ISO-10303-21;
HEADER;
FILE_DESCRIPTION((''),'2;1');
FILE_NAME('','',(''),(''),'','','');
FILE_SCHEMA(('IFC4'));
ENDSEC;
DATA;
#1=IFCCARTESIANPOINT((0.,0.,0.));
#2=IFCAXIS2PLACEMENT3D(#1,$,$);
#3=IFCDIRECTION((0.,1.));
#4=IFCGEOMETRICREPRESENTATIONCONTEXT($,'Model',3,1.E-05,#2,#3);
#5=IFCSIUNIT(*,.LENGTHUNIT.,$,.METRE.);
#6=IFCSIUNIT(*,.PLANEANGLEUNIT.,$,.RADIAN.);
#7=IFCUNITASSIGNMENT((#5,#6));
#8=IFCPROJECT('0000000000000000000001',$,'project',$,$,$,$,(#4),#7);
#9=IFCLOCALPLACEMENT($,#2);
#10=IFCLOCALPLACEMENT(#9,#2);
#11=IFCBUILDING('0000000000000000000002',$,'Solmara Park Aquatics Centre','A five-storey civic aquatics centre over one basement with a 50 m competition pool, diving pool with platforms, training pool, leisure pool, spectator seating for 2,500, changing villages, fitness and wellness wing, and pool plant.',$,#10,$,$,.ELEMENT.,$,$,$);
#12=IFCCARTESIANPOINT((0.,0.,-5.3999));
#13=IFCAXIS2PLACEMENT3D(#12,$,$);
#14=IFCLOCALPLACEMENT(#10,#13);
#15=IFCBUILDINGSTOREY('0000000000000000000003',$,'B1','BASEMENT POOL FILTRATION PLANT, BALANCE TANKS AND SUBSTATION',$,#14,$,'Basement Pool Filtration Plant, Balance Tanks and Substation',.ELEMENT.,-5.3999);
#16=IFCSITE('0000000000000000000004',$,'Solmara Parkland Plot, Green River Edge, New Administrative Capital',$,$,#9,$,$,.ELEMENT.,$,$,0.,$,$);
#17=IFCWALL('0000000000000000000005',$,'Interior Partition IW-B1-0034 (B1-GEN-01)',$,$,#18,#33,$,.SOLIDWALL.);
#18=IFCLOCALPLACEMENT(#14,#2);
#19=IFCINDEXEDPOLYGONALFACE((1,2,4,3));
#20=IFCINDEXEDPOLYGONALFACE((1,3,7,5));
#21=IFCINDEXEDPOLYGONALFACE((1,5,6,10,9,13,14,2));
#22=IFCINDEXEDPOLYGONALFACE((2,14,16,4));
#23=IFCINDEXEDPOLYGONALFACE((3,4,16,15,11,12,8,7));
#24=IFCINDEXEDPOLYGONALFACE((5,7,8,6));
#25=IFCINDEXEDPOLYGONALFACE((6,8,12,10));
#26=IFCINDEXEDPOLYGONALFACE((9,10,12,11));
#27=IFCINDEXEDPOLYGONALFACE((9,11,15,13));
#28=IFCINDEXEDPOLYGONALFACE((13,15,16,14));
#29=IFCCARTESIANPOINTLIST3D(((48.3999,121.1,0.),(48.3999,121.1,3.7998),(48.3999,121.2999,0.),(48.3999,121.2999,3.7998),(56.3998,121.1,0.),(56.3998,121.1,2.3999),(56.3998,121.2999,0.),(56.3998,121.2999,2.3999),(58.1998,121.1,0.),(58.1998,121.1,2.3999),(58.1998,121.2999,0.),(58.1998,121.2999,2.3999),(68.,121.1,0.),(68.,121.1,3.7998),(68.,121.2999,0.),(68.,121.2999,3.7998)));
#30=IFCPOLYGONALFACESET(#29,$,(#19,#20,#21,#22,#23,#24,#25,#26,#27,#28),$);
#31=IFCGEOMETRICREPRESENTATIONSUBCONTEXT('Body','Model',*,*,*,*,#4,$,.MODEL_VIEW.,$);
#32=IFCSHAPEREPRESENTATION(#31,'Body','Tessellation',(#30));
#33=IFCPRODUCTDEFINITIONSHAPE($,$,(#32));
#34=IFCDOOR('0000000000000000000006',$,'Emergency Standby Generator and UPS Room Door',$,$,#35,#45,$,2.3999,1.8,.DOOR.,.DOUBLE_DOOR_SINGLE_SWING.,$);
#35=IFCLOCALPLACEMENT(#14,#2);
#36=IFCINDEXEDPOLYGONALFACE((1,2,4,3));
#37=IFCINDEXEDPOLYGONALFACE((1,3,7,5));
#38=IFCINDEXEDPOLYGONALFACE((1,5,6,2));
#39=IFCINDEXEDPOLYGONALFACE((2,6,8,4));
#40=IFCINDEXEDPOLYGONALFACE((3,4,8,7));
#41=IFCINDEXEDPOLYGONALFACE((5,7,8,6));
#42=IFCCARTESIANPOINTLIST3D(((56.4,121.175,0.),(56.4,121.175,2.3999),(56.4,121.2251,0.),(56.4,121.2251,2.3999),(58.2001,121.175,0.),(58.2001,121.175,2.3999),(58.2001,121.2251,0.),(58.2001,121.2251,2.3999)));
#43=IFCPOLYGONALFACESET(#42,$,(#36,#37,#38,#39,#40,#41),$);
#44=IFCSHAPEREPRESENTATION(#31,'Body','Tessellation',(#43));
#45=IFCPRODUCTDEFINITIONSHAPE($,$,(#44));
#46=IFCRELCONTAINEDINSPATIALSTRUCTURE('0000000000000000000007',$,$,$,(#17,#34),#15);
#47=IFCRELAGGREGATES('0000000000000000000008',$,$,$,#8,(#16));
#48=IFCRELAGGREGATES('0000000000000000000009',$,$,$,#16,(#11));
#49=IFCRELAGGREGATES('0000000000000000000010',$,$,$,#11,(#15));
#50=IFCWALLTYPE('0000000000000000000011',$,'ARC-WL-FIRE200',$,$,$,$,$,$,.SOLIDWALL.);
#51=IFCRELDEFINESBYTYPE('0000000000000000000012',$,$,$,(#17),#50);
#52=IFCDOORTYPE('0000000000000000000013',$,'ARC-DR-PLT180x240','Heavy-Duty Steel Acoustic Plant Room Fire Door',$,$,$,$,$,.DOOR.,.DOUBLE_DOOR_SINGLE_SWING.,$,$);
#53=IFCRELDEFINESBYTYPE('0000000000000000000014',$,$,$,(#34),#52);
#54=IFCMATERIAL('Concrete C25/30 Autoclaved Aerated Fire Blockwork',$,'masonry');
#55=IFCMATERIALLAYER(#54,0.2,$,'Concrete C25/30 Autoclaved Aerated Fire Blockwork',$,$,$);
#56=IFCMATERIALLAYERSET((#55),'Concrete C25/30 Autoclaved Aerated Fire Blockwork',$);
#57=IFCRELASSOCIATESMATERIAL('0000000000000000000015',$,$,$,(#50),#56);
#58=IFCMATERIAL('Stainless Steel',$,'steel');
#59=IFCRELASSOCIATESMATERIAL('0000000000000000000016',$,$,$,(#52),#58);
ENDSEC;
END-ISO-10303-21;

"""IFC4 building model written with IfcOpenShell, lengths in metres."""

from ifc_helpers import new_model, si_unit, direction, frame, frame_2d, origin, place, context, subcontext, project, spatial, rectangle, extrude, material, layer, layer_set, type_object, element, fill, save


model = new_model("IFC4")

# Units and contexts
model_context = context("Model", 3, precision=1e-05, world=origin(), true_north=direction((0.0, 1.0)))
body_context = subcontext(model_context, "Body", "Model", "MODEL_VIEW")
ifc_project = project(units=[si_unit("LENGTHUNIT", "METRE"), si_unit("PLANEANGLEUNIT", "RADIAN")], contexts=[model_context])

# Site, building, storey
site_placement = place(None, origin())
site = spatial("IfcSite", under=ifc_project, at=site_placement, Name="Solmara Parkland Plot, Green River Edge, New Administrative Capital", CompositionType="ELEMENT", RefElevation=0.0)
building_placement = place(site_placement, origin())
building = spatial("IfcBuilding", under=site, at=building_placement, Name="Solmara Park Aquatics Centre", Description="A five-storey civic aquatics centre over one basement with a 50 m competition pool, diving pool with platforms, training pool, leisure pool, spectator seating for 2,500, changing villages, fitness and wellness wing, and pool plant.", CompositionType="ELEMENT")
storey_placement = place(building_placement, frame((0.0, 0.0, -5.3999)))
storey = spatial("IfcBuildingStorey", under=building, at=storey_placement, Name="B1", Description="BASEMENT POOL FILTRATION PLANT, BALANCE TANKS AND SUBSTATION", LongName="Basement Pool Filtration Plant, Balance Tanks and Substation", CompositionType="ELEMENT", Elevation=-5.3999)

# Shared definitions
ifc_material_1 = material(Name="Concrete C25/30 Autoclaved Aerated Fire Blockwork", Category="masonry")
ifc_layer = layer(ifc_material_1, 0.2, Name="Concrete C25/30 Autoclaved Aerated Fire Blockwork")
ifc_layer_set = layer_set([ifc_layer], Name="Concrete C25/30 Autoclaved Aerated Fire Blockwork")
wall_type = type_object("IfcWallType", Name="ARC-WL-FIRE200", PredefinedType="SOLIDWALL", material=ifc_layer_set)

# Wall, opening, door
wall_1_placement = place(storey_placement, frame((48.3999, 121.2, 0.0), z_axis=(0.0, 0.0, 1.0), x_axis=(1.0, 0.0, 0.0)))
wall_1 = element("IfcWall", 1, at=wall_1_placement, inside=storey, type_object=wall_type, Name="Interior Partition IW-B1-0034 (B1-GEN-01)", PredefinedType="SOLIDWALL", context=body_context, shape_type="SweptSolid", body=[
    extrude(rectangle(XDim=19.6001, YDim=0.2, at=frame_2d((9.8, 0.0))), origin(), (0.0, 0.0, 1.0), 3.7998),
])
opening_placement = place(wall_1_placement, frame((8.0, 0.0, 0.0)))
opening = element("IfcOpeningElement", 2, at=opening_placement, cuts=wall_1, PredefinedType="OPENING", context=body_context, shape_type="SweptSolid", body=[
    extrude(rectangle(XDim=1.8, YDim=2.3999, at=frame_2d((0.8999, 1.2))), frame((0.0, 0.1099, 0.0), z_axis=(0.0, -1.0, 0.0), x_axis=(1.0, 0.0, 0.0)), (0.0, 0.0, 1.0), 0.22),
])
ifc_material_2 = material(Name="Stainless Steel", Category="steel")
door_type = type_object("IfcDoorType", Name="ARC-DR-PLT180x240", Description="Heavy-Duty Steel Acoustic Plant Room Fire Door", OperationType="DOUBLE_DOOR_SINGLE_SWING", PredefinedType="DOOR", material=ifc_material_2)
door_placement = place(opening_placement, frame((1.8, 0.0, 0.0), z_axis=(0.0, 0.0, 1.0), x_axis=(-1.0, 0.0, 0.0)))
door = element("IfcDoor", 3, at=door_placement, inside=storey, type_object=door_type, Name="Emergency Standby Generator and UPS Room Door", OperationType="DOUBLE_DOOR_SINGLE_SWING", OverallHeight=2.3999, OverallWidth=1.8, PredefinedType="DOOR", context=body_context, shape_type="SweptSolid", body=[
    extrude(rectangle(XDim=1.8, YDim=2.3999, at=frame_2d((0.8999, 1.2))), frame((0.0, 0.0249, 0.0), z_axis=(0.0, -1.0, 0.0), x_axis=(1.0, 0.0, 0.0)), (0.0, 0.0, 1.0), 0.05),
])
fill(opening, door)

save(model, "model.ifc")
